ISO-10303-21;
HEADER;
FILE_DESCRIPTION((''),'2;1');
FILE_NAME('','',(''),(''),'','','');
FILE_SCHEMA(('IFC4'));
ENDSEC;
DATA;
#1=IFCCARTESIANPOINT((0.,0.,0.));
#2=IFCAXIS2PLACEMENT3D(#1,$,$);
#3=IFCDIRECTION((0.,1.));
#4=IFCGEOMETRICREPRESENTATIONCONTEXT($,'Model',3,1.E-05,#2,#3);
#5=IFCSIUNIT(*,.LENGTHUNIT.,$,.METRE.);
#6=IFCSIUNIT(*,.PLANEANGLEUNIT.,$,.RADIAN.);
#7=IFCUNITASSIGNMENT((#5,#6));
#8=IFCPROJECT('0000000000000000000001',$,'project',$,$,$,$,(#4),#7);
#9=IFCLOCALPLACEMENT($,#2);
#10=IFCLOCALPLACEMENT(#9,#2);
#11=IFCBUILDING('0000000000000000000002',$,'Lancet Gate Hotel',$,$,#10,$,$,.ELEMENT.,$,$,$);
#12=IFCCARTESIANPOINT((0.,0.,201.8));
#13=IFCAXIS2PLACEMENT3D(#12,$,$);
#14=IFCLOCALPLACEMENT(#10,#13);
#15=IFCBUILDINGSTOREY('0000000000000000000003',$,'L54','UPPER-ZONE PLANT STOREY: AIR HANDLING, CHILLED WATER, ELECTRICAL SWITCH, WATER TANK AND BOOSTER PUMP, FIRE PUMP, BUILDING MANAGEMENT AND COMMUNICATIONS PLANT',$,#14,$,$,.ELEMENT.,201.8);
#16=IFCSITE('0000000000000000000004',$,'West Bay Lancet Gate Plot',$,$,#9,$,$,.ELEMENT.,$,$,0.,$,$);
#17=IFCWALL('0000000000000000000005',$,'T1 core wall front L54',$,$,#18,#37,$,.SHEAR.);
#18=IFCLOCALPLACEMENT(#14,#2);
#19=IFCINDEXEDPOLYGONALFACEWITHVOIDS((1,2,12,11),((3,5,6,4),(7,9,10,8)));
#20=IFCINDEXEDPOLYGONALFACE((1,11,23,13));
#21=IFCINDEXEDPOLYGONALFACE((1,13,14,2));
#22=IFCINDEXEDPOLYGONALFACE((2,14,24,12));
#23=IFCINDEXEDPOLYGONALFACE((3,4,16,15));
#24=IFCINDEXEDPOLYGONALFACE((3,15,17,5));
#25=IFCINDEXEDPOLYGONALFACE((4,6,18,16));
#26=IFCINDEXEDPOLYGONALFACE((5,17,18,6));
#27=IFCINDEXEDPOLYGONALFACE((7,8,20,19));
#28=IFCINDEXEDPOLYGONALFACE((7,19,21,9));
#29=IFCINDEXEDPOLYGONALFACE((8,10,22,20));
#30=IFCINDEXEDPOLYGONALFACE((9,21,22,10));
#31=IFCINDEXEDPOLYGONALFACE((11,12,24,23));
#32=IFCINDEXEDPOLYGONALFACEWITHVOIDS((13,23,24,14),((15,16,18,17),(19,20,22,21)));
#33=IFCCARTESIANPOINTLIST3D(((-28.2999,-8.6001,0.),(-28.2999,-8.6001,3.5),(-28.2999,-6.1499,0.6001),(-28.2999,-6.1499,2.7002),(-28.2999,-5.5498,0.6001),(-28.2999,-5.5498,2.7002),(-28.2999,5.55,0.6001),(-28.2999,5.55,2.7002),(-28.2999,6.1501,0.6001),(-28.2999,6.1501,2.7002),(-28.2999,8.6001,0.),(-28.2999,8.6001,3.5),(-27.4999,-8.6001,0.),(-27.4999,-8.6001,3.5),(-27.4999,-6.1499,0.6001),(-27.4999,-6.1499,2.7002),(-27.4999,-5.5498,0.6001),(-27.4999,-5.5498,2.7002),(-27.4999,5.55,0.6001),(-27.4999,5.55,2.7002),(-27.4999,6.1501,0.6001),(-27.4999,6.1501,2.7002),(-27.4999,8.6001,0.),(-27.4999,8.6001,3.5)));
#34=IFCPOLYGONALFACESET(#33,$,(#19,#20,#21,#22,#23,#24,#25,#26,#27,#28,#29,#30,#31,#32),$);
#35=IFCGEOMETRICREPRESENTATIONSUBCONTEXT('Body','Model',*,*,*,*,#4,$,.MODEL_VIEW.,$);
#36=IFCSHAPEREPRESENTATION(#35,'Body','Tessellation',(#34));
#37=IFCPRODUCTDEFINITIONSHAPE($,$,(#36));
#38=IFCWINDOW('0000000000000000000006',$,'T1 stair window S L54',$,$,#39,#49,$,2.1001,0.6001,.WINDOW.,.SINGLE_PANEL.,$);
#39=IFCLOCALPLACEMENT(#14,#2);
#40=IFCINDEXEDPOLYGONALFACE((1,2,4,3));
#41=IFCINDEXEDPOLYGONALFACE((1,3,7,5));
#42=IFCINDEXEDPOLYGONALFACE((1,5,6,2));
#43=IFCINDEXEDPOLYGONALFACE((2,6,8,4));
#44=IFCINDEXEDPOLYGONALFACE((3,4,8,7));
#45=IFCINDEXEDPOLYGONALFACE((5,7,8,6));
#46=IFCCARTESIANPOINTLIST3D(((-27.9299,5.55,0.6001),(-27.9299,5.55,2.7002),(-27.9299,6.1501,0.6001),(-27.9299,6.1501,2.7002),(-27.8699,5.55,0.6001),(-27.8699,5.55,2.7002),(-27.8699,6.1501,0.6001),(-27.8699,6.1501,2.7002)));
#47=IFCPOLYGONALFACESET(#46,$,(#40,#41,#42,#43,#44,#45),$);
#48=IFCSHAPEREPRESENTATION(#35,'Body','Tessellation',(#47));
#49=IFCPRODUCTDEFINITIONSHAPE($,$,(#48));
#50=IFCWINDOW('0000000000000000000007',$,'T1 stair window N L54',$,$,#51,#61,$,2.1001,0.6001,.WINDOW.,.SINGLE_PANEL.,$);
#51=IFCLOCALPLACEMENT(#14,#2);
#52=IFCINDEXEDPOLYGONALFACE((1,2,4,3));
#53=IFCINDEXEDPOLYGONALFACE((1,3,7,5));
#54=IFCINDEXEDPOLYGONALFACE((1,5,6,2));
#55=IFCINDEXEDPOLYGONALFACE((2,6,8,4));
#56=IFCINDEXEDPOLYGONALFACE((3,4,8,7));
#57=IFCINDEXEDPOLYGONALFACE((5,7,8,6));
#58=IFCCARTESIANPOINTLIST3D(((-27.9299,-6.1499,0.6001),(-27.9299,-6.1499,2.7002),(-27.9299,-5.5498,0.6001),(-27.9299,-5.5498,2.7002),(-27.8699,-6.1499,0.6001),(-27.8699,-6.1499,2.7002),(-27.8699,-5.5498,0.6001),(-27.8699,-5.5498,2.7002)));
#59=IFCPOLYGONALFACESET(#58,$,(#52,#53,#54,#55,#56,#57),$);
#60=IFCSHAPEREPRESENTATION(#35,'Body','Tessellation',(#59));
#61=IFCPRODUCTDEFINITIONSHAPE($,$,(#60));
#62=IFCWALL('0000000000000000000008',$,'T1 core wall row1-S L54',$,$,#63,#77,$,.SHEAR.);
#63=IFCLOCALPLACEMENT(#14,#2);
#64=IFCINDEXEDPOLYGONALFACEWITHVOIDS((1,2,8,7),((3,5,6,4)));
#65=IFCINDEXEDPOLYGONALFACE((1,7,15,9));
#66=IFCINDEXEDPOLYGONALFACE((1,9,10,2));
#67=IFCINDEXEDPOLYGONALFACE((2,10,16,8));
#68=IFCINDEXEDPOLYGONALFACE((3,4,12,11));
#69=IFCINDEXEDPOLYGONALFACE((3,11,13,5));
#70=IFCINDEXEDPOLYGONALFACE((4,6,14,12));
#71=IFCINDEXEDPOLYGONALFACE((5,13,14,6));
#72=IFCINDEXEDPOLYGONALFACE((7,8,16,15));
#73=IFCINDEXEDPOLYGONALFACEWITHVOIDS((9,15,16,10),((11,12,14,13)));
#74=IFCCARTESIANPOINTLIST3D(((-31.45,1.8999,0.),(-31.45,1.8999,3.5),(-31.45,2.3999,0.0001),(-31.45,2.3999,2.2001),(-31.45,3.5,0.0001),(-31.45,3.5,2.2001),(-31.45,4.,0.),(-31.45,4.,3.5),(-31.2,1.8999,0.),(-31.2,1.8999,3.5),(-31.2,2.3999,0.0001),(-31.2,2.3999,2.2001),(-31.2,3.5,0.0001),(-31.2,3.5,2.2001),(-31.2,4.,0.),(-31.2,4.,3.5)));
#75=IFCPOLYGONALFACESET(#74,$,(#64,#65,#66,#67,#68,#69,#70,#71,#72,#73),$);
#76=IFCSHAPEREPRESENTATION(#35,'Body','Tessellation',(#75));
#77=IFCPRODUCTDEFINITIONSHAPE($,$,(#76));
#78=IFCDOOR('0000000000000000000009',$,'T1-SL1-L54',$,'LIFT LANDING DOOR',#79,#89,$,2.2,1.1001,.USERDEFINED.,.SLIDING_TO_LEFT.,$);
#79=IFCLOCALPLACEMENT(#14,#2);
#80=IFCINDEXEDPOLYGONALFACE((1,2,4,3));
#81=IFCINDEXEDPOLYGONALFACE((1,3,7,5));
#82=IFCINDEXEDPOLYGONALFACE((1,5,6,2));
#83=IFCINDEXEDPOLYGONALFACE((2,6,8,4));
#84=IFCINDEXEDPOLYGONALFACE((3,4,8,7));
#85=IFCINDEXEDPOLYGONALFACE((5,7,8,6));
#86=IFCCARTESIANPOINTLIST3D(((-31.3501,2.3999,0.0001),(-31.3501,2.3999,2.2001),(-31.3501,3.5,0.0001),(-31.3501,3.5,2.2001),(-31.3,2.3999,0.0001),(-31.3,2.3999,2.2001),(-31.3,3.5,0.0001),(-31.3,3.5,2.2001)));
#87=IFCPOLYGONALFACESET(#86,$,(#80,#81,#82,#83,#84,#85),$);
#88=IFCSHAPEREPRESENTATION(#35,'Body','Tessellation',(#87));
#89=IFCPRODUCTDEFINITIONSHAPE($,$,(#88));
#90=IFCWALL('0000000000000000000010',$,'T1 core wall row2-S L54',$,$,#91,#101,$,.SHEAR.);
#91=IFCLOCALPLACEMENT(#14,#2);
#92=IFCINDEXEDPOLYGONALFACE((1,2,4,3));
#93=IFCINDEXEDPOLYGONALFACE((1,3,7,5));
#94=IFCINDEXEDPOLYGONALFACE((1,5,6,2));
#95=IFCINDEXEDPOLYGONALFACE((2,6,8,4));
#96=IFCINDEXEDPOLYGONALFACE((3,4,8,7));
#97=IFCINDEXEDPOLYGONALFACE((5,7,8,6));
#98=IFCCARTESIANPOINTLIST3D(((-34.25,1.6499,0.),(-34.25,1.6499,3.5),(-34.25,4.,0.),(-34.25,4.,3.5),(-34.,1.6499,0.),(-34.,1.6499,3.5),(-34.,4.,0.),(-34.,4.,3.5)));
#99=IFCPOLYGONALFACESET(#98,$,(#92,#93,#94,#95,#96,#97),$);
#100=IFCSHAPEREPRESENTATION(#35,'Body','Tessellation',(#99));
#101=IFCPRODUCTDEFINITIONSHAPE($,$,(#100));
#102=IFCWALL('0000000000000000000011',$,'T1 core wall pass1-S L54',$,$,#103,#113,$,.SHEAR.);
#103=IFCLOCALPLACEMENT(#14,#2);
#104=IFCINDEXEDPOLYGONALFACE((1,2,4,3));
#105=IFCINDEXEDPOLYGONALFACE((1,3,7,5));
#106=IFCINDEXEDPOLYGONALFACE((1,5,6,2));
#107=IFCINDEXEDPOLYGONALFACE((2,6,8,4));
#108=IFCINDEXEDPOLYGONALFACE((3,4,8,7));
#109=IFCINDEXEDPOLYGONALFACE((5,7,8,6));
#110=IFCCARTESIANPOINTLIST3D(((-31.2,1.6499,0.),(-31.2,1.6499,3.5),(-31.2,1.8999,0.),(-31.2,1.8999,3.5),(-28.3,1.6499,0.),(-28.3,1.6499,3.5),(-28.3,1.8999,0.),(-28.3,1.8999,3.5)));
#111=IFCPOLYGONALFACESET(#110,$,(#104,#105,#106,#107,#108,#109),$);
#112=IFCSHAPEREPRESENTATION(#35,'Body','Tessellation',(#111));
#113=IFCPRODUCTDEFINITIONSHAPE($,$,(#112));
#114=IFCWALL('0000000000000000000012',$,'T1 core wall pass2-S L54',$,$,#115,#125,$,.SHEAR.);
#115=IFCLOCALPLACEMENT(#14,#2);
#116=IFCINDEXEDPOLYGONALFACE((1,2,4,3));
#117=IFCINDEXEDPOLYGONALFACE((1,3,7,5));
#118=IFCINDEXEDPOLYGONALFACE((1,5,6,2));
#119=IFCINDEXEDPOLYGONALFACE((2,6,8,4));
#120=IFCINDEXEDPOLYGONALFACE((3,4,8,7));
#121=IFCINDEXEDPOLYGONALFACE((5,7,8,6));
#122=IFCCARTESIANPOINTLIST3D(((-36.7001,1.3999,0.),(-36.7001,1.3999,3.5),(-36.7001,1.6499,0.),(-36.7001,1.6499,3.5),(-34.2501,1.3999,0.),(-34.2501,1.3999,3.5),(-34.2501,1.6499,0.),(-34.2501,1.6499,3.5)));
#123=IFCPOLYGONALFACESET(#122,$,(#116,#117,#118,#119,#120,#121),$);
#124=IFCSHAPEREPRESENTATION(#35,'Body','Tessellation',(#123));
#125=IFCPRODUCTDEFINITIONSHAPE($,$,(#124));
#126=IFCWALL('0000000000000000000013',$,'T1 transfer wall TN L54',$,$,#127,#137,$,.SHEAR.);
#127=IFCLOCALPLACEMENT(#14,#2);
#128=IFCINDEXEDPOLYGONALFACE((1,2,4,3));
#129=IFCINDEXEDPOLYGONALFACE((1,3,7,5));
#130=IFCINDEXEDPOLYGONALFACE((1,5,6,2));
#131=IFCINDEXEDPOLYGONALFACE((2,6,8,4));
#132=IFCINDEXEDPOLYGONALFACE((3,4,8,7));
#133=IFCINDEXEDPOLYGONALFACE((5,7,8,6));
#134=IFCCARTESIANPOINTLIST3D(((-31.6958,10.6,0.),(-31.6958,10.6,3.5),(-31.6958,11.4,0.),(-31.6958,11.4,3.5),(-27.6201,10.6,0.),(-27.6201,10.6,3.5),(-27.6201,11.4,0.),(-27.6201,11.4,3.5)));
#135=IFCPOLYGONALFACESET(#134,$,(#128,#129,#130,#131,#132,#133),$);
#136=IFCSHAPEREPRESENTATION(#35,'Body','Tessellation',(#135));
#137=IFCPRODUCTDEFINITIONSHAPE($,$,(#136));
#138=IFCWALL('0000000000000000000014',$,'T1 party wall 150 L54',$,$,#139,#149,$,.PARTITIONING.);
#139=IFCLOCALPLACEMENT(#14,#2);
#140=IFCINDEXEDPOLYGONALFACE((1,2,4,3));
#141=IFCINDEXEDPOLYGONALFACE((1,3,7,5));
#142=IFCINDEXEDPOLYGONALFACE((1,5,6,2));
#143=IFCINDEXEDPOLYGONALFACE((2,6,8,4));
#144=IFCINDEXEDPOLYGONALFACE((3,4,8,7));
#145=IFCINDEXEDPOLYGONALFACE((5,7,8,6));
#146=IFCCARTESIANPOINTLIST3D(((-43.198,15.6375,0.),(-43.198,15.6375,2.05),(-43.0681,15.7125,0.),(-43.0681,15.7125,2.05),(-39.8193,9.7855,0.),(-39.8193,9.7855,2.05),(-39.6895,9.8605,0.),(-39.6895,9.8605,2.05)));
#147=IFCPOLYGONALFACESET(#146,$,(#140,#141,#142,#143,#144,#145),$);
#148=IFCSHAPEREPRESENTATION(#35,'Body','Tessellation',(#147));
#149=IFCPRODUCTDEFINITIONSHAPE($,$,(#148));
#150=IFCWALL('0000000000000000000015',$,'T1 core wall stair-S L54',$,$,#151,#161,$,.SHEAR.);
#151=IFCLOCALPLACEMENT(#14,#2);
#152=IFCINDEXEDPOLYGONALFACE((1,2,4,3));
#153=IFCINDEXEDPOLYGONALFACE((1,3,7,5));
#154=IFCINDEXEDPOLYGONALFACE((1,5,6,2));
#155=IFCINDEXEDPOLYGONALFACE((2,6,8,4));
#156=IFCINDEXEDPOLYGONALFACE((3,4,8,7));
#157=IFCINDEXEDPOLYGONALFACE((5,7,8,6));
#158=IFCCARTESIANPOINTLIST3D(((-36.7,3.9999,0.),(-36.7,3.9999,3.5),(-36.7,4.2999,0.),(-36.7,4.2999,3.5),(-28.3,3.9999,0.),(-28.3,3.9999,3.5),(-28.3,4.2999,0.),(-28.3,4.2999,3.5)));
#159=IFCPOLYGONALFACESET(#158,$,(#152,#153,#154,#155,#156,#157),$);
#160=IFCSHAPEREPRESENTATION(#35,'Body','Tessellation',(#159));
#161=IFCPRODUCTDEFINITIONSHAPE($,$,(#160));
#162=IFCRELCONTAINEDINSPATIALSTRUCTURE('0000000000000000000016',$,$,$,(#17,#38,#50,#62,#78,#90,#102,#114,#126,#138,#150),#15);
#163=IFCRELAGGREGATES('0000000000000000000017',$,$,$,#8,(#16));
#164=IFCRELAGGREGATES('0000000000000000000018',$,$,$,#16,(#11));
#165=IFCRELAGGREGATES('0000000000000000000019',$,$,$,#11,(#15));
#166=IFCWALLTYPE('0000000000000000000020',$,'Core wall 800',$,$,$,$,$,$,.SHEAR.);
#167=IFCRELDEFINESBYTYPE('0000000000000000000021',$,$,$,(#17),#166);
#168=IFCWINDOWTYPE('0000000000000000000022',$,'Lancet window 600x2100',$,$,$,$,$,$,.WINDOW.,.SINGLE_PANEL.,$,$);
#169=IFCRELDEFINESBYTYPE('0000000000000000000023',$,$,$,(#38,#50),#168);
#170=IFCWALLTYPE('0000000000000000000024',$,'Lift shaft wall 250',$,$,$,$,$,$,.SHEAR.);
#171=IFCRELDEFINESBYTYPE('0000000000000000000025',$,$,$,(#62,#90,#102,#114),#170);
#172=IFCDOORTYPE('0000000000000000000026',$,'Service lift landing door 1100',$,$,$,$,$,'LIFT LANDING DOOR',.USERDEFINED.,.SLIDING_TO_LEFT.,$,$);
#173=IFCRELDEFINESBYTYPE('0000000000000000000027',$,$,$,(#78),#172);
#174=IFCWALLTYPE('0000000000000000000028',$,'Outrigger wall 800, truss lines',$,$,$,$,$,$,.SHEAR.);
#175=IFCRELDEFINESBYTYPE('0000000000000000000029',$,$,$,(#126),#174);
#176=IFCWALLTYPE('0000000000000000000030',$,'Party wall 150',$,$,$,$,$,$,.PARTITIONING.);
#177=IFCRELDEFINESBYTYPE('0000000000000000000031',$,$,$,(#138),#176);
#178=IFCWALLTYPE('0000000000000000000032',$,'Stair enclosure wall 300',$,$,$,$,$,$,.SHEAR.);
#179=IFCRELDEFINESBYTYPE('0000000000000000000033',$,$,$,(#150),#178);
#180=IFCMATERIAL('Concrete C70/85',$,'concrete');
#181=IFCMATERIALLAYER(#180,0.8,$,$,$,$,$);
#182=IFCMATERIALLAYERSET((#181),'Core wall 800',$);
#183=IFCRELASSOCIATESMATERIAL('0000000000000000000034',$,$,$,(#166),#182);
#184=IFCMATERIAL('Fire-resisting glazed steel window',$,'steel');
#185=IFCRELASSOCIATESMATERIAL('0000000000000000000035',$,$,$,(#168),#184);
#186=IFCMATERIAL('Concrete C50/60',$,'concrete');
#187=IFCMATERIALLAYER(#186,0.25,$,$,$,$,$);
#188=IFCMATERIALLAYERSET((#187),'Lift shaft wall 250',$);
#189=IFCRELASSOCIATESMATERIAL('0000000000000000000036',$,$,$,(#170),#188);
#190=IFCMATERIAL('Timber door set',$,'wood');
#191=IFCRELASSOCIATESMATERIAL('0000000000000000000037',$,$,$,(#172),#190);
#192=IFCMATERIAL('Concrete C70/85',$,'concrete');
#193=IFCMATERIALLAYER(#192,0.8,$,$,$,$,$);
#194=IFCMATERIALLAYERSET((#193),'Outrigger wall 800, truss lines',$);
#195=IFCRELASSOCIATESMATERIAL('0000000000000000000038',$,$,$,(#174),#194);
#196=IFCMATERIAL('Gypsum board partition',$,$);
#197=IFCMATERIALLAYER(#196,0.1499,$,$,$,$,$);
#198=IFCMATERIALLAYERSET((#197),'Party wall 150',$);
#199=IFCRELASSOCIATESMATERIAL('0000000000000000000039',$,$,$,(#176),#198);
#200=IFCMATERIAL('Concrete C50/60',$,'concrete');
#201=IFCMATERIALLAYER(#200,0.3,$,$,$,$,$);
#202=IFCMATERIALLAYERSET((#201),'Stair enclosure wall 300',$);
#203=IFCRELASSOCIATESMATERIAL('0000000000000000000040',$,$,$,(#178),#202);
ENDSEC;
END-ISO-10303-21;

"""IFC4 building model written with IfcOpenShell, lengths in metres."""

from ifc_helpers import new_model, si_unit, direction, frame, frame_2d, origin, place, context, subcontext, project, spatial, rectangle, extrude, material, layer, layer_set, type_object, element, fill, save


model = new_model("IFC4")

# Units and contexts
model_context = context("Model", 3, precision=1e-05, world=origin(), true_north=direction((0.0, 1.0)))
body_context = subcontext(model_context, "Body", "Model", "MODEL_VIEW")
ifc_project = project(units=[si_unit("LENGTHUNIT", "METRE"), si_unit("PLANEANGLEUNIT", "RADIAN")], contexts=[model_context])

# Site, building, storey
site_placement = place(None, origin())
site = spatial("IfcSite", under=ifc_project, at=site_placement, Name="West Bay Lancet Gate Plot", CompositionType="ELEMENT", RefElevation=0.0)
building_placement = place(site_placement, origin())
building = spatial("IfcBuilding", under=site, at=building_placement, Name="Lancet Gate Hotel", CompositionType="ELEMENT")
storey_placement = place(building_placement, frame((0.0, 0.0, 201.8)))
storey = spatial("IfcBuildingStorey", under=building, at=storey_placement, Name="L54", Description="UPPER-ZONE PLANT STOREY: AIR HANDLING, CHILLED WATER, ELECTRICAL SWITCH, WATER TANK AND BOOSTER PUMP, FIRE PUMP, BUILDING MANAGEMENT AND COMMUNICATIONS PLANT", CompositionType="ELEMENT", Elevation=201.8)

# Wall, openings, windows
ifc_material_1 = material(Name="Concrete C70/85", Category="concrete")
ifc_layer_1 = layer(ifc_material_1, 0.8)
ifc_layer_set_1 = layer_set([ifc_layer_1], Name="Core wall 800")
wall_type_1 = type_object("IfcWallType", Name="Core wall 800", PredefinedType="SHEAR", material=ifc_layer_set_1)
wall_1_placement = place(storey_placement, frame((-27.8999, 8.6001, 0.0), z_axis=(0.0, 0.0, 1.0), x_axis=(0.0, -1.0, 0.0)))
wall_1 = element("IfcWall", 1, at=wall_1_placement, inside=storey, type_object=wall_type_1, Name="T1 core wall front L54", PredefinedType="SHEAR", context=body_context, shape_type="SweptSolid", body=[
    extrude(rectangle(XDim=17.2002, YDim=0.8, at=frame_2d((8.6001, 0.0))), origin(), (0.0, 0.0, 1.0), 3.5),
])
opening_1_placement = place(wall_1_placement, frame((2.45, 0.0, 0.6001)))
opening_1 = element("IfcOpeningElement", 2, at=opening_1_placement, cuts=wall_1, PredefinedType="OPENING", context=body_context, shape_type="SweptSolid", body=[
    extrude(rectangle(XDim=0.6001, YDim=2.1001, at=frame_2d((0.3, 1.05))), frame((0.0, 0.4099, 0.0), z_axis=(0.0, -1.0, 0.0), x_axis=(1.0, 0.0, 0.0)), (0.0, 0.0, 1.0), 0.8201),
])
opening_2_placement = place(wall_1_placement, frame((14.1499, 0.0, 0.6001)))
opening_2 = element("IfcOpeningElement", 3, at=opening_2_placement, cuts=wall_1, PredefinedType="OPENING", context=body_context, shape_type="SweptSolid", body=[
    extrude(rectangle(XDim=0.6001, YDim=2.1001, at=frame_2d((0.3, 1.05))), frame((0.0, 0.4099, 0.0), z_axis=(0.0, -1.0, 0.0), x_axis=(1.0, 0.0, 0.0)), (0.0, 0.0, 1.0), 0.8201),
])
ifc_material_2 = material(Name="Fire-resisting glazed steel window", Category="steel")
window_type = type_object("IfcWindowType", Name="Lancet window 600x2100", PartitioningType="SINGLE_PANEL", PredefinedType="WINDOW", material=ifc_material_2)
window_1_placement = place(opening_1_placement, origin())
window_1 = element("IfcWindow", 4, at=window_1_placement, inside=storey, type_object=window_type, Name="T1 stair window S L54", OverallHeight=2.1001, OverallWidth=0.6001, PartitioningType="SINGLE_PANEL", PredefinedType="WINDOW", context=body_context, shape_type="SweptSolid", body=[
    extrude(rectangle(XDim=0.6001, YDim=2.1001, at=frame_2d((0.3, 1.05))), frame((0.0, 0.03, 0.0), z_axis=(0.0, -1.0, 0.0), x_axis=(1.0, 0.0, 0.0)), (0.0, 0.0, 1.0), 0.0601),
])
fill(opening_1, window_1)
window_2_placement = place(opening_2_placement, origin())
window_2 = element("IfcWindow", 5, at=window_2_placement, inside=storey, type_object=window_type, Name="T1 stair window N L54", OverallHeight=2.1001, OverallWidth=0.6001, PartitioningType="SINGLE_PANEL", PredefinedType="WINDOW", context=body_context, shape_type="SweptSolid", body=[
    extrude(rectangle(XDim=0.6001, YDim=2.1001, at=frame_2d((0.3, 1.05))), frame((0.0, 0.03, 0.0), z_axis=(0.0, -1.0, 0.0), x_axis=(1.0, 0.0, 0.0)), (0.0, 0.0, 1.0), 0.0601),
])
fill(opening_2, window_2)

# Wall, opening, door
ifc_material_3 = material(Name="Concrete C50/60", Category="concrete")
ifc_layer_2 = layer(ifc_material_3, 0.25)
ifc_layer_set_2 = layer_set([ifc_layer_2], Name="Lift shaft wall 250")
wall_type_2 = type_object("IfcWallType", Name="Lift shaft wall 250", PredefinedType="SHEAR", material=ifc_layer_set_2)
wall_2_placement = place(storey_placement, frame((-31.325, 4.0, 0.0), z_axis=(0.0, 0.0, 1.0), x_axis=(0.0, -1.0, 0.0)))
wall_2 = element("IfcWall", 6, at=wall_2_placement, inside=storey, type_object=wall_type_2, Name="T1 core wall row1-S L54", PredefinedType="SHEAR", context=body_context, shape_type="SweptSolid", body=[
    extrude(rectangle(XDim=2.1001, YDim=0.25, at=frame_2d((1.05, 0.0))), origin(), (0.0, 0.0, 1.0), 3.5),
])
opening_3_placement = place(wall_2_placement, frame((0.5, 0.0, 0.0)))
opening_3 = element("IfcOpeningElement", 7, at=opening_3_placement, cuts=wall_2, PredefinedType="OPENING", context=body_context, shape_type="SweptSolid", body=[
    extrude(rectangle(XDim=1.1001, YDim=2.2, at=frame_2d((0.55, 1.1001))), frame((0.0, 0.135, 0.0), z_axis=(0.0, -1.0, 0.0), x_axis=(1.0, 0.0, 0.0)), (0.0, 0.0, 1.0), 0.27),
])
ifc_material_4 = material(Name="Timber door set", Category="wood")
door_type_1 = type_object("IfcDoorType", Name="Service lift landing door 1100", ElementType="LIFT LANDING DOOR", OperationType="SLIDING_TO_LEFT", PredefinedType="USERDEFINED", material=ifc_material_4)
door_1_placement = place(opening_3_placement, origin())
door_1 = element("IfcDoor", 8, at=door_1_placement, inside=storey, type_object=door_type_1, Name="T1-SL1-L54", ObjectType="LIFT LANDING DOOR", OperationType="SLIDING_TO_LEFT", OverallHeight=2.2, OverallWidth=1.1001, PredefinedType="USERDEFINED", context=body_context, shape_type="SweptSolid", body=[
    extrude(rectangle(XDim=1.1001, YDim=2.2, at=frame_2d((0.55, 1.1001))), frame((0.0, 0.0249, 0.0), z_axis=(0.0, -1.0, 0.0), x_axis=(1.0, 0.0, 0.0)), (0.0, 0.0, 1.0), 0.05),
])
fill(opening_3, door_1)

# Walls
wall_3_placement = place(storey_placement, frame((-34.125, 4.0, 0.0), z_axis=(0.0, 0.0, 1.0), x_axis=(0.0, -1.0, 0.0)))
element("IfcWall", 9, at=wall_3_placement, inside=storey, type_object=wall_type_2, Name="T1 core wall row2-S L54", PredefinedType="SHEAR", context=body_context, shape_type="SweptSolid", body=[
    extrude(rectangle(XDim=2.3501, YDim=0.25, at=frame_2d((1.175, 0.0))), origin(), (0.0, 0.0, 1.0), 3.5),
])
wall_4_placement = place(storey_placement, frame((-28.3, 1.7749, 0.0), z_axis=(0.0, 0.0, 1.0), x_axis=(-1.0, 0.0, 0.0)))
element("IfcWall", 10, at=wall_4_placement, inside=storey, type_object=wall_type_2, Name="T1 core wall pass1-S L54", PredefinedType="SHEAR", context=body_context, shape_type="SweptSolid", body=[
    extrude(rectangle(XDim=2.8999, YDim=0.25, at=frame_2d((1.45, 0.0))), origin(), (0.0, 0.0, 1.0), 3.5),
])
wall_5_placement = place(storey_placement, frame((-34.25, 1.5249, 0.0), z_axis=(0.0, 0.0, 1.0), x_axis=(-1.0, 0.0, 0.0)))
element("IfcWall", 11, at=wall_5_placement, inside=storey, type_object=wall_type_2, Name="T1 core wall pass2-S L54", PredefinedType="SHEAR", context=body_context, shape_type="SweptSolid", body=[
    extrude(rectangle(XDim=2.45, YDim=0.25, at=frame_2d((1.2251, 0.0))), origin(), (0.0, 0.0, 1.0), 3.5),
])
ifc_material_5 = material(Name="Concrete C70/85", Category="concrete")
ifc_layer_3 = layer(ifc_material_5, 0.8)
ifc_layer_set_3 = layer_set([ifc_layer_3], Name="Outrigger wall 800, truss lines")
wall_type_3 = type_object("IfcWallType", Name="Outrigger wall 800, truss lines", PredefinedType="SHEAR", material=ifc_layer_set_3)
wall_6_placement = place(storey_placement, frame((-27.6201, 11.0, 0.0), z_axis=(0.0, 0.0, 1.0), x_axis=(-1.0, 0.0, 0.0)))
element("IfcWall", 12, at=wall_6_placement, inside=storey, type_object=wall_type_3, Name="T1 transfer wall TN L54", PredefinedType="SHEAR", context=body_context, shape_type="SweptSolid", body=[
    extrude(rectangle(XDim=4.0757, YDim=0.8, at=frame_2d((2.0378, 0.0))), origin(), (0.0, 0.0, 1.0), 3.5),
])
ifc_material_6 = material(Name="Gypsum board partition")
ifc_layer_4 = layer(ifc_material_6, 0.1499)
ifc_layer_set_4 = layer_set([ifc_layer_4], Name="Party wall 150")
wall_type_4 = type_object("IfcWallType", Name="Party wall 150", PredefinedType="PARTITIONING", material=ifc_layer_set_4)
wall_7_placement = place(storey_placement, frame((-39.7544, 9.823, 0.0), z_axis=(0.0, 0.0, 1.0), x_axis=(-0.499998, 0.866027, 0.0)))
element("IfcWall", 13, at=wall_7_placement, inside=storey, type_object=wall_type_4, Name="T1 party wall 150 L54", PredefinedType="PARTITIONING", context=body_context, shape_type="SweptSolid", body=[
    extrude(rectangle(XDim=6.7573, YDim=0.1499, at=frame_2d((3.3787, 0.0))), origin(), (0.0, 0.0, 1.0), 2.05),
])
ifc_material_7 = material(Name="Concrete C50/60", Category="concrete")
ifc_layer_5 = layer(ifc_material_7, 0.3)
ifc_layer_set_5 = layer_set([ifc_layer_5], Name="Stair enclosure wall 300")
wall_type_5 = type_object("IfcWallType", Name="Stair enclosure wall 300", PredefinedType="SHEAR", material=ifc_layer_set_5)
wall_8_placement = place(storey_placement, frame((-28.3, 4.1499, 0.0), z_axis=(0.0, 0.0, 1.0), x_axis=(-1.0, 0.0, 0.0)))
element("IfcWall", 14, at=wall_8_placement, inside=storey, type_object=wall_type_5, Name="T1 core wall stair-S L54", PredefinedType="SHEAR", context=body_context, shape_type="SweptSolid", body=[
    extrude(rectangle(XDim=8.3999, YDim=0.3, at=frame_2d((4.2, 0.0))), origin(), (0.0, 0.0, 1.0), 3.5),
])

save(model, "model.ifc")
